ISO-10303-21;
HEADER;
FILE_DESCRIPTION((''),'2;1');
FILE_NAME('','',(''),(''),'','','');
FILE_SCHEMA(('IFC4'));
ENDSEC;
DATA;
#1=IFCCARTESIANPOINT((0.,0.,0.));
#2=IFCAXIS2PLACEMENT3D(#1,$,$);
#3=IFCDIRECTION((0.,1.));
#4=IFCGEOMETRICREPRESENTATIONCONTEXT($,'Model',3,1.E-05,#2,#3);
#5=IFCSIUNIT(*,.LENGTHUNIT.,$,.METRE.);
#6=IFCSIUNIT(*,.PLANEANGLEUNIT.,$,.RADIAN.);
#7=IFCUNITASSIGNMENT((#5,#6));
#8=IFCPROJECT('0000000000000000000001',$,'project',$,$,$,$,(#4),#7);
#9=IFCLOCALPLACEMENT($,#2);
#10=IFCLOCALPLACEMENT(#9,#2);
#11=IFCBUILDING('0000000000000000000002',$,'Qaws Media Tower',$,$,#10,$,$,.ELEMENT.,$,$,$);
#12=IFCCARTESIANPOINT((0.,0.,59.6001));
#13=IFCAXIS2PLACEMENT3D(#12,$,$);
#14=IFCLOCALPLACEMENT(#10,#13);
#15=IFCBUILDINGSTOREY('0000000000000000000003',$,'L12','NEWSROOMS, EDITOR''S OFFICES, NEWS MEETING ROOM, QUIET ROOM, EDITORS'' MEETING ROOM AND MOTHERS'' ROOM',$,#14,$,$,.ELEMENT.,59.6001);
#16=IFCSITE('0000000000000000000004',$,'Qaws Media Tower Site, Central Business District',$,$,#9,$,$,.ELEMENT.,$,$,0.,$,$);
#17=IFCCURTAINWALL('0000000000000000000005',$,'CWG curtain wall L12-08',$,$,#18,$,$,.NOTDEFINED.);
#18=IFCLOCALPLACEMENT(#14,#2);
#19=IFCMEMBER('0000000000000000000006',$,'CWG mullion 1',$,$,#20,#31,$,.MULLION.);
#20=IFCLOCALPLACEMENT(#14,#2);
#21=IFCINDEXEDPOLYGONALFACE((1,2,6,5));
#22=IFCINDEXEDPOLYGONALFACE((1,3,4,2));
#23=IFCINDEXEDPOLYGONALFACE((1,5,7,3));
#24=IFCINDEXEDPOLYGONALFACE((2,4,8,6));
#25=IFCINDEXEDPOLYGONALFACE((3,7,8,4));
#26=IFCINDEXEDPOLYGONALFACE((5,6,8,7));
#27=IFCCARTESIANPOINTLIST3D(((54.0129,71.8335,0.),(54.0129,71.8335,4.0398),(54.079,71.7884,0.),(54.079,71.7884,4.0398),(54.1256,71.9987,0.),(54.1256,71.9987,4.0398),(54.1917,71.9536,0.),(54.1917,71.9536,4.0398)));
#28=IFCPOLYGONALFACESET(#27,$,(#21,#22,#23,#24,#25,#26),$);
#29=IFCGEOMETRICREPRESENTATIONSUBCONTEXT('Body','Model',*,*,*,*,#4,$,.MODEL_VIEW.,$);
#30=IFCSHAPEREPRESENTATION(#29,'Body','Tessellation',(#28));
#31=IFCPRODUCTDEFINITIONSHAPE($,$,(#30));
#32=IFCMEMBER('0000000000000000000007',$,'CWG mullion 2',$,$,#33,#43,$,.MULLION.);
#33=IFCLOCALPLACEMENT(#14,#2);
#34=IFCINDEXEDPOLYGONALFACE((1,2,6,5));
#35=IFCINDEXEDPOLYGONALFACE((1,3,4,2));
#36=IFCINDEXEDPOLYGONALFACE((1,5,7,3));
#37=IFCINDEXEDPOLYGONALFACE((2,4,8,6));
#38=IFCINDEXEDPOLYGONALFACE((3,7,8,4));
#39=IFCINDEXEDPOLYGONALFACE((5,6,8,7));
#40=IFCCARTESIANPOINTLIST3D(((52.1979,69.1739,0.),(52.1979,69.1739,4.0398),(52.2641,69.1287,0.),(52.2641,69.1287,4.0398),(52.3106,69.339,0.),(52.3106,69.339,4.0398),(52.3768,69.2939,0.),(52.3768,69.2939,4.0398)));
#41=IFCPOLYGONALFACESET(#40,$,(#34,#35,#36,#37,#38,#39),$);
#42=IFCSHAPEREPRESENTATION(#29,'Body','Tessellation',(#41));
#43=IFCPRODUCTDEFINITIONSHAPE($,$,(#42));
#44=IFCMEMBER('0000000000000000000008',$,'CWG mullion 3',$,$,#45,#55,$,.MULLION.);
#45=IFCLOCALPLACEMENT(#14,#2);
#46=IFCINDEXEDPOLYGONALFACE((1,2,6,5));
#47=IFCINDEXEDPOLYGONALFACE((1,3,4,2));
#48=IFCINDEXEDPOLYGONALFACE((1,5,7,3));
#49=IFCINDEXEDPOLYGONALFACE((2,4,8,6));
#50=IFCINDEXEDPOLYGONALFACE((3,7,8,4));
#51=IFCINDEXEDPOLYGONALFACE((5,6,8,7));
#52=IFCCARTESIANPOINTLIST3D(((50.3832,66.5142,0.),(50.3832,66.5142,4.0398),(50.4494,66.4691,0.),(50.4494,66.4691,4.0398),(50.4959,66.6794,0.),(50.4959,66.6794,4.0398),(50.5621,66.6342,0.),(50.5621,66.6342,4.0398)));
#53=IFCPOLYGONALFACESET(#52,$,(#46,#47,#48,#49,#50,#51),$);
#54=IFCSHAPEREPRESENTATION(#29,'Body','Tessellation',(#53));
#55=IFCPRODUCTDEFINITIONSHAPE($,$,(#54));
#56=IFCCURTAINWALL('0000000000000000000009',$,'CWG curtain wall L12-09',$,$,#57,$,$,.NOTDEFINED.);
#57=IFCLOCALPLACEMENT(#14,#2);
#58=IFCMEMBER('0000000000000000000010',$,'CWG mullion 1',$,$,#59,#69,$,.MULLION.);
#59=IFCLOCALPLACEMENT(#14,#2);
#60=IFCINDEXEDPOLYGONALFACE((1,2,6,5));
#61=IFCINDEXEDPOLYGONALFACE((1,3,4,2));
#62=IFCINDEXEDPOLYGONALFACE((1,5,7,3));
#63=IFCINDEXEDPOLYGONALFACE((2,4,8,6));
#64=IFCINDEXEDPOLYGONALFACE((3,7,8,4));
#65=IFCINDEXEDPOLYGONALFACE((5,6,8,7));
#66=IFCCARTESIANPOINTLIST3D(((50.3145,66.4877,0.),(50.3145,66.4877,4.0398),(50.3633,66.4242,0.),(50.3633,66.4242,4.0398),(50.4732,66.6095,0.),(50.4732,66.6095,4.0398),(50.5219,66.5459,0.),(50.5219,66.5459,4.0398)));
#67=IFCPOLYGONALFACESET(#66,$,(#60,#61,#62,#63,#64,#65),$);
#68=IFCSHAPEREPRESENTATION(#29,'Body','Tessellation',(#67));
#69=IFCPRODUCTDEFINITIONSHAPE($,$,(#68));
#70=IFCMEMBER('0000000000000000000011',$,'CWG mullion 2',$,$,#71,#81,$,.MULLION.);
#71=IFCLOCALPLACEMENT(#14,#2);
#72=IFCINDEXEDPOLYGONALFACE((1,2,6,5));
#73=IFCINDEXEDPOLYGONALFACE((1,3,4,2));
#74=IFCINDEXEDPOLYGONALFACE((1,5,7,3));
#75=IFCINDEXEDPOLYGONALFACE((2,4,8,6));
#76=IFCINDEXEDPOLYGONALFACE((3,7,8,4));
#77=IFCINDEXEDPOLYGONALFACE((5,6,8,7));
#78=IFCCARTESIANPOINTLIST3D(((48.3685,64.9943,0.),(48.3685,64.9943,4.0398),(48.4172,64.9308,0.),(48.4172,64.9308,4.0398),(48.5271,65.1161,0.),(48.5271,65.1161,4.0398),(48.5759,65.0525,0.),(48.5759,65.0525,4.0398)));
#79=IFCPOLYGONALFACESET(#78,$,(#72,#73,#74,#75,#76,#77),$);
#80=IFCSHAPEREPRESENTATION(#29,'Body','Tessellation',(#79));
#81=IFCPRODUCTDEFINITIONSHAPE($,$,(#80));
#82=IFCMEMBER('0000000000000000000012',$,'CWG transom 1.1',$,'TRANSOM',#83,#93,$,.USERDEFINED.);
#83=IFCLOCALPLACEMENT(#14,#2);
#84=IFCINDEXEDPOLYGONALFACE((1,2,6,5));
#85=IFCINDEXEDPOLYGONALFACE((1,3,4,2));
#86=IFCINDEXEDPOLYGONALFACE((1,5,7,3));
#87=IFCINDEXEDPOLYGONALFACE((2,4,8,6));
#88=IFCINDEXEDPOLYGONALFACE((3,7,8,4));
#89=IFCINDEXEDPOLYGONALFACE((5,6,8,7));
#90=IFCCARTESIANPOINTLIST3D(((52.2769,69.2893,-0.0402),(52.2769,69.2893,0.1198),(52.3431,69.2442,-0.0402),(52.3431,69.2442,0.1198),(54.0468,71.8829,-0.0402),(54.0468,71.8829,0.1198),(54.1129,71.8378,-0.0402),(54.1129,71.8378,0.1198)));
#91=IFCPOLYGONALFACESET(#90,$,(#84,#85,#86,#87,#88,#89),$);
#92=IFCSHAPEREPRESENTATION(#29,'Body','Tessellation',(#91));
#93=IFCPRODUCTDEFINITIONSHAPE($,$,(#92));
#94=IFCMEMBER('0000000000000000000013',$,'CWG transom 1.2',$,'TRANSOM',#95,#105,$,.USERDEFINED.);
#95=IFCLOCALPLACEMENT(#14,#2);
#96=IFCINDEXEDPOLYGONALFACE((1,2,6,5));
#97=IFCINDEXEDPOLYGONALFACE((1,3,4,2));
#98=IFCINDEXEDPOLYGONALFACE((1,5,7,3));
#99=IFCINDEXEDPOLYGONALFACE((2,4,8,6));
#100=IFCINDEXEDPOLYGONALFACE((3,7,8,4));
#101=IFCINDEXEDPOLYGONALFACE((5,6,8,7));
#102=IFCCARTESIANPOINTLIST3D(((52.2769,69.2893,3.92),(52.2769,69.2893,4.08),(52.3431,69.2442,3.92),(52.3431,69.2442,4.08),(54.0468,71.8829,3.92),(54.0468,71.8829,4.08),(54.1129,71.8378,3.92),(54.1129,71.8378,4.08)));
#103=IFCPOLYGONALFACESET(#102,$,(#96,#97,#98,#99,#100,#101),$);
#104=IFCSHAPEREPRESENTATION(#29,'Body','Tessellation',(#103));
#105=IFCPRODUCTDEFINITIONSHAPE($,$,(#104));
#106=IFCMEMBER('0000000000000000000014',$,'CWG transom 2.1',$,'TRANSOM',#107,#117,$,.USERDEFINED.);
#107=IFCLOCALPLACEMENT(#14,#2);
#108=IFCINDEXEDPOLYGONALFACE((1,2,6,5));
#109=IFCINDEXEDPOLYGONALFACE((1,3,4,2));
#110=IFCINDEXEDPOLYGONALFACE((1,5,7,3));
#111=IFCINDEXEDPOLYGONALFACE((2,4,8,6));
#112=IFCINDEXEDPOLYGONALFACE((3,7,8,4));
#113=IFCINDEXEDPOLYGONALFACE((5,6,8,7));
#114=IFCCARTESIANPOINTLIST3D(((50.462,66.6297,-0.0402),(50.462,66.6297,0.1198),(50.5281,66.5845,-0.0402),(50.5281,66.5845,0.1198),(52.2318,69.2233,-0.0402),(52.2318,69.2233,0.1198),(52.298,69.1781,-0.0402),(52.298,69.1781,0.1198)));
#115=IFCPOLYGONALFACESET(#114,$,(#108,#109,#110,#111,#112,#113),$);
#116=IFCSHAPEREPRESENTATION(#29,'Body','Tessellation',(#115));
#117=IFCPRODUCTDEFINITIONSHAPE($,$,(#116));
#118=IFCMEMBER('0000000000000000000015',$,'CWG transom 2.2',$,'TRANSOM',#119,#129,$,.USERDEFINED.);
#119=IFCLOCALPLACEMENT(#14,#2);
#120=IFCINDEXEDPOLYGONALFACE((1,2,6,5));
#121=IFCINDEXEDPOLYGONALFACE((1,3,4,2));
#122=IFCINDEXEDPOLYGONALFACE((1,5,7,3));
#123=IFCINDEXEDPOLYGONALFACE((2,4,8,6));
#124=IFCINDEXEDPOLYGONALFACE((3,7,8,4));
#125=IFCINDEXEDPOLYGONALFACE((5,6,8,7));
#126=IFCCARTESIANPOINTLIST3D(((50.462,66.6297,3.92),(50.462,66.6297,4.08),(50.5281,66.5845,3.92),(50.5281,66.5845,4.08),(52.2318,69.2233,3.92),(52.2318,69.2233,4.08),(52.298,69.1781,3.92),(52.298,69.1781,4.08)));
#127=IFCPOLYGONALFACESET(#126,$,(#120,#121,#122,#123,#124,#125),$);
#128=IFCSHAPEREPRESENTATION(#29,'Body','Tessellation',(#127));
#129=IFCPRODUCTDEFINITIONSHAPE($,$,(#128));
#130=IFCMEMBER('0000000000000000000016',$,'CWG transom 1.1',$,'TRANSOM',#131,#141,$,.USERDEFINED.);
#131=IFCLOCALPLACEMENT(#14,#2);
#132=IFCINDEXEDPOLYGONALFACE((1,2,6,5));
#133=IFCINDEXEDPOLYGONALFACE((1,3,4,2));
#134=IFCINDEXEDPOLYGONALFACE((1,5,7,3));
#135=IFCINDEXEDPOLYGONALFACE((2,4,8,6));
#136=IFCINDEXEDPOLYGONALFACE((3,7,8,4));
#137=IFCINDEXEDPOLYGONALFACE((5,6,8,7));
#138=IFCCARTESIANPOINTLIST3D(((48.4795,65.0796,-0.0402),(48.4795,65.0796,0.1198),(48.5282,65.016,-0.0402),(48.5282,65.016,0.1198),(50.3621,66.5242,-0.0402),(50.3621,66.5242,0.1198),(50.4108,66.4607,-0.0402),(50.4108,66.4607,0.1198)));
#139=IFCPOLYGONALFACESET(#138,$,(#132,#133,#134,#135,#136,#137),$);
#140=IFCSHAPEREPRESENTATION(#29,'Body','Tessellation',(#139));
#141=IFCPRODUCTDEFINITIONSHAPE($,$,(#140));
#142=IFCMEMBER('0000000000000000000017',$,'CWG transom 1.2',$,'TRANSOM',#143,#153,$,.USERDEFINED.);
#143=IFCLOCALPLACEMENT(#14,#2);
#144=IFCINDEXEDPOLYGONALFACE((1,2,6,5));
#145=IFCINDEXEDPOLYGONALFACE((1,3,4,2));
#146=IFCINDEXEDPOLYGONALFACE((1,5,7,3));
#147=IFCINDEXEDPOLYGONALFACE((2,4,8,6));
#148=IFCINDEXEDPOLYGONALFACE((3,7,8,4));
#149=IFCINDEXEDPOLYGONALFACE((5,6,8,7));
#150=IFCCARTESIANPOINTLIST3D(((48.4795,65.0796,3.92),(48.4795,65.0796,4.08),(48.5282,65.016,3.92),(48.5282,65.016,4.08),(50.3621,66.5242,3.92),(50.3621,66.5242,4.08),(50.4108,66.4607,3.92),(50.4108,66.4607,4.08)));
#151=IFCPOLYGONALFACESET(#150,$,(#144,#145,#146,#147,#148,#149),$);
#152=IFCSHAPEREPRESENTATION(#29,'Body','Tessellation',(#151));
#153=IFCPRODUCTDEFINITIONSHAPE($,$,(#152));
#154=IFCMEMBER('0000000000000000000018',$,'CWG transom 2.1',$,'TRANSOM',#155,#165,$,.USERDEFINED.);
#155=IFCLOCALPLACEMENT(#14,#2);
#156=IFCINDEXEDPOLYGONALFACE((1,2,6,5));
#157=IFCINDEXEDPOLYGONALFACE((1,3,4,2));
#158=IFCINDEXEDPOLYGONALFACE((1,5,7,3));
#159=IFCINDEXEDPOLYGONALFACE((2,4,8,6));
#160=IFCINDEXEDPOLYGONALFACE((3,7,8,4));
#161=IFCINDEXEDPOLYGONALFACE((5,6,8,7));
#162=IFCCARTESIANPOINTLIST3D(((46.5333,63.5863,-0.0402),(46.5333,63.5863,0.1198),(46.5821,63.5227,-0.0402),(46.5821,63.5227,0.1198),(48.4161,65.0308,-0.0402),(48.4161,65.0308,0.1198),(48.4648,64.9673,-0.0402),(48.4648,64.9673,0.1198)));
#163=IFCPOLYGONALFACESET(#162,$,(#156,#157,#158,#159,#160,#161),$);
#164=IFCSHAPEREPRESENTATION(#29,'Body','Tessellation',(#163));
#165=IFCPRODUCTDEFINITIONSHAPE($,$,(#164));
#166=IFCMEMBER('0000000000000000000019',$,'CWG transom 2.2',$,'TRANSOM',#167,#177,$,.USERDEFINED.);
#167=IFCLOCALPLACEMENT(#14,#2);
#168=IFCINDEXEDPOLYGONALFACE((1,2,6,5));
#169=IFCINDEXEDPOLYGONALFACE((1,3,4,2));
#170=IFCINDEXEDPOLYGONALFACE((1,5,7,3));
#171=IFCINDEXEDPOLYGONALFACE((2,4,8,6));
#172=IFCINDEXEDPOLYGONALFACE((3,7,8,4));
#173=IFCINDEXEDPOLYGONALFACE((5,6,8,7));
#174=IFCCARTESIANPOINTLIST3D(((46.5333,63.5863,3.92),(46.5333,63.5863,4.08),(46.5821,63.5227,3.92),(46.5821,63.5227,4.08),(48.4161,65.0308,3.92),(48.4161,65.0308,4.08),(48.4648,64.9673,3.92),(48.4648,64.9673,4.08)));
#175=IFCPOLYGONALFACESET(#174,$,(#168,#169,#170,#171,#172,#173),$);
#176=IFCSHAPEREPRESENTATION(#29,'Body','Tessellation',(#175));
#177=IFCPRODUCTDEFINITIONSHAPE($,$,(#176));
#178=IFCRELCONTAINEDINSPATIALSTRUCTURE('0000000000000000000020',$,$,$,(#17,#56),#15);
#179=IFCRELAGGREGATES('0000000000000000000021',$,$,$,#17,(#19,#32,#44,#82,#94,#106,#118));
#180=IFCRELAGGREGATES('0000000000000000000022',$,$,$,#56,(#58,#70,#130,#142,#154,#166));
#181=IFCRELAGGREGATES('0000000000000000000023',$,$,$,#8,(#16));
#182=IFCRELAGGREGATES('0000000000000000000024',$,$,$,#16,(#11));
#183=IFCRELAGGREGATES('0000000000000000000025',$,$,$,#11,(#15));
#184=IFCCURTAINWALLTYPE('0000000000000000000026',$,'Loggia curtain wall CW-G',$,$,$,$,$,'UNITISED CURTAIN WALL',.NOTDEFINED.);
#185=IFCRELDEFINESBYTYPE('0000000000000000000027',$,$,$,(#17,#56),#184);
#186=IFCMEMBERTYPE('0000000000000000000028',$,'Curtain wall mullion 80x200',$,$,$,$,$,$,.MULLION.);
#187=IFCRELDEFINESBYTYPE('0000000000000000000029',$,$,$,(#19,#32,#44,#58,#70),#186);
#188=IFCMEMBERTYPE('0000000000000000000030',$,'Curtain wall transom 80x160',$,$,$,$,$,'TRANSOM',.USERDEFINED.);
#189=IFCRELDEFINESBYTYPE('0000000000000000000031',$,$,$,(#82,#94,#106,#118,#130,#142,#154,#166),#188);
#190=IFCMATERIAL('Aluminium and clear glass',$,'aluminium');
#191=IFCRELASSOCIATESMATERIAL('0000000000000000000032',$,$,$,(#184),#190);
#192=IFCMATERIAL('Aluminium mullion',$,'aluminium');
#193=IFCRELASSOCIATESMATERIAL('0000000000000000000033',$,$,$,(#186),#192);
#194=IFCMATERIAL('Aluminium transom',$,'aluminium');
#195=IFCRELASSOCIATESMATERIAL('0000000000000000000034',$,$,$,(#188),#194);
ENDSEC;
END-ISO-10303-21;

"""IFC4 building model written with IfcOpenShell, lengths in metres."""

from ifc_helpers import new_model, si_unit, direction, frame, origin, origin_2d, place, context, subcontext, project, spatial, rectangle, extrude, material, material_profile, profile_set, type_object, element, aggregate, save


model = new_model("IFC4")

# Units and contexts
model_context = context("Model", 3, precision=1e-05, world=origin(), true_north=direction((0.0, 1.0)))
body_context = subcontext(model_context, "Body", "Model", "MODEL_VIEW")
ifc_project = project(units=[si_unit("LENGTHUNIT", "METRE"), si_unit("PLANEANGLEUNIT", "RADIAN")], contexts=[model_context])

# Site, building, storey
site_placement = place(None, origin())
site = spatial("IfcSite", under=ifc_project, at=site_placement, Name="Qaws Media Tower Site, Central Business District", CompositionType="ELEMENT", RefElevation=0.0)
building_placement = place(site_placement, origin())
building = spatial("IfcBuilding", under=site, at=building_placement, Name="Qaws Media Tower", CompositionType="ELEMENT")
storey_placement = place(building_placement, frame((0.0, 0.0, 59.6001)))
storey = spatial("IfcBuildingStorey", under=building, at=storey_placement, Name="L12", Description="NEWSROOMS, EDITOR'S OFFICES, NEWS MEETING ROOM, QUIET ROOM, EDITORS' MEETING ROOM AND MOTHERS' ROOM", CompositionType="ELEMENT", Elevation=59.6001)

# Curtain walls, members
ifc_material_1 = material(Name="Aluminium and clear glass", Category="aluminium")
curtain_wall_type = type_object("IfcCurtainWallType", Name="Loggia curtain wall CW-G", ElementType="UNITISED CURTAIN WALL", PredefinedType="NOTDEFINED", material=ifc_material_1)
curtain_wall_1_placement = place(storey_placement, origin())
curtain_wall_1 = element("IfcCurtainWall", 1, at=curtain_wall_1_placement, inside=storey, type_object=curtain_wall_type, Name="CWG curtain wall L12-08", PredefinedType="NOTDEFINED")
ifc_material_2 = material(Name="Aluminium mullion", Category="aluminium")
ifc_material_profile_1 = material_profile(ifc_material_2, rectangle(XDim=0.0801, YDim=0.2, at=origin_2d()), Name="80x200")
ifc_profile_set_1 = profile_set([ifc_material_profile_1], Name="Aluminium mullion")
member_type_1 = type_object("IfcMemberType", Name="Curtain wall mullion 80x200", PredefinedType="MULLION", material=ifc_profile_set_1)
member_1_placement = place(storey_placement, frame((54.1023, 71.8936, 0.0), z_axis=(0.0, 0.0, 1.0), x_axis=(0.826019, -0.563643, 0.0)))
member_1 = element("IfcMember", 2, at=member_1_placement, type_object=member_type_1, Name="CWG mullion 1", PredefinedType="MULLION", context=body_context, shape_type="SweptSolid", body=[
    extrude(rectangle(XDim=0.0801, YDim=0.2, at=origin_2d()), origin(), (0.0, 0.0, 1.0), 4.0398),
])
member_2_placement = place(storey_placement, frame((52.2874, 69.2339, 0.0), z_axis=(0.0, 0.0, 1.0), x_axis=(0.826019, -0.563643, 0.0)))
member_2 = element("IfcMember", 3, at=member_2_placement, type_object=member_type_1, Name="CWG mullion 2", PredefinedType="MULLION", context=body_context, shape_type="SweptSolid", body=[
    extrude(rectangle(XDim=0.0801, YDim=0.2, at=origin_2d()), origin(), (0.0, 0.0, 1.0), 4.0398),
])
member_3_placement = place(storey_placement, frame((50.4727, 66.5742, 0.0), z_axis=(0.0, 0.0, 1.0), x_axis=(0.826019, -0.563643, 0.0)))
member_3 = element("IfcMember", 4, at=member_3_placement, type_object=member_type_1, Name="CWG mullion 3", PredefinedType="MULLION", context=body_context, shape_type="SweptSolid", body=[
    extrude(rectangle(XDim=0.0801, YDim=0.2, at=origin_2d()), origin(), (0.0, 0.0, 1.0), 4.0398),
])
curtain_wall_2_placement = place(storey_placement, origin())
curtain_wall_2 = element("IfcCurtainWall", 5, at=curtain_wall_2_placement, inside=storey, type_object=curtain_wall_type, Name="CWG curtain wall L12-09", PredefinedType="NOTDEFINED")
member_4_placement = place(storey_placement, frame((50.4182, 66.5168, 0.0), z_axis=(0.0, 0.0, 1.0), x_axis=(0.608761, -0.793353, 0.0)))
member_4 = element("IfcMember", 6, at=member_4_placement, type_object=member_type_1, Name="CWG mullion 1", PredefinedType="MULLION", context=body_context, shape_type="SweptSolid", body=[
    extrude(rectangle(XDim=0.0801, YDim=0.2, at=origin_2d()), origin(), (0.0, 0.0, 1.0), 4.0398),
])
member_5_placement = place(storey_placement, frame((48.4722, 65.0234, 0.0), z_axis=(0.0, 0.0, 1.0), x_axis=(0.608761, -0.793353, 0.0)))
member_5 = element("IfcMember", 7, at=member_5_placement, type_object=member_type_1, Name="CWG mullion 2", PredefinedType="MULLION", context=body_context, shape_type="SweptSolid", body=[
    extrude(rectangle(XDim=0.0801, YDim=0.2, at=origin_2d()), origin(), (0.0, 0.0, 1.0), 4.0398),
])

# Members
ifc_material_3 = material(Name="Aluminium transom", Category="aluminium")
ifc_material_profile_2 = material_profile(ifc_material_3, rectangle(XDim=0.0801, YDim=0.1599, at=origin_2d()), Name="80x160")
ifc_profile_set_2 = profile_set([ifc_material_profile_2], Name="Aluminium transom")
member_type_2 = type_object("IfcMemberType", Name="Curtain wall transom 80x160", ElementType="TRANSOM", PredefinedType="USERDEFINED", material=ifc_profile_set_2)
member_6_placement = place(storey_placement, frame((54.0798, 71.8604, 0.0398), z_axis=(-0.563658, -0.826008, 0.0), x_axis=(0.826008, -0.563658, 0.0)))
member_6 = element("IfcMember", 8, at=member_6_placement, type_object=member_type_2, Name="CWG transom 1.1", ObjectType="TRANSOM", PredefinedType="USERDEFINED", context=body_context, shape_type="SweptSolid", body=[
    extrude(rectangle(XDim=0.0801, YDim=0.1599, at=origin_2d()), origin(), (0.0, 0.0, 1.0), 3.1399),
])
member_7_placement = place(storey_placement, frame((54.0798, 71.8604, 4.0), z_axis=(-0.563658, -0.826008, 0.0), x_axis=(0.826008, -0.563658, 0.0)))
member_7 = element("IfcMember", 9, at=member_7_placement, type_object=member_type_2, Name="CWG transom 1.2", ObjectType="TRANSOM", PredefinedType="USERDEFINED", context=body_context, shape_type="SweptSolid", body=[
    extrude(rectangle(XDim=0.0801, YDim=0.1599, at=origin_2d()), origin(), (0.0, 0.0, 1.0), 3.1399),
])
member_8_placement = place(storey_placement, frame((52.2649, 69.2007, 0.0398), z_axis=(-0.563658, -0.826008, 0.0), x_axis=(0.826008, -0.563658, 0.0)))
member_8 = element("IfcMember", 10, at=member_8_placement, type_object=member_type_2, Name="CWG transom 2.1", ObjectType="TRANSOM", PredefinedType="USERDEFINED", context=body_context, shape_type="SweptSolid", body=[
    extrude(rectangle(XDim=0.0801, YDim=0.1599, at=origin_2d()), origin(), (0.0, 0.0, 1.0), 3.1399),
])
member_9_placement = place(storey_placement, frame((52.2649, 69.2007, 4.0), z_axis=(-0.563658, -0.826008, 0.0), x_axis=(0.826008, -0.563658, 0.0)))
member_9 = element("IfcMember", 11, at=member_9_placement, type_object=member_type_2, Name="CWG transom 2.2", ObjectType="TRANSOM", PredefinedType="USERDEFINED", context=body_context, shape_type="SweptSolid", body=[
    extrude(rectangle(XDim=0.0801, YDim=0.1599, at=origin_2d()), origin(), (0.0, 0.0, 1.0), 3.1399),
])
member_10_placement = place(storey_placement, frame((50.3865, 66.4924, 0.0398), z_axis=(-0.793346, -0.608771, 0.0), x_axis=(0.608771, -0.793346, 0.0)))
member_10 = element("IfcMember", 12, at=member_10_placement, type_object=member_type_2, Name="CWG transom 1.1", ObjectType="TRANSOM", PredefinedType="USERDEFINED", context=body_context, shape_type="SweptSolid", body=[
    extrude(rectangle(XDim=0.0801, YDim=0.1599, at=origin_2d()), origin(), (0.0, 0.0, 1.0), 2.373),
])
member_11_placement = place(storey_placement, frame((50.3865, 66.4924, 4.0), z_axis=(-0.793346, -0.608771, 0.0), x_axis=(0.608771, -0.793346, 0.0)))
member_11 = element("IfcMember", 13, at=member_11_placement, type_object=member_type_2, Name="CWG transom 1.2", ObjectType="TRANSOM", PredefinedType="USERDEFINED", context=body_context, shape_type="SweptSolid", body=[
    extrude(rectangle(XDim=0.0801, YDim=0.1599, at=origin_2d()), origin(), (0.0, 0.0, 1.0), 2.373),
])
member_12_placement = place(storey_placement, frame((48.4404, 64.999, 0.0398), z_axis=(-0.793384, -0.608721, 0.0), x_axis=(0.608721, -0.793384, 0.0)))
member_12 = element("IfcMember", 14, at=member_12_placement, type_object=member_type_2, Name="CWG transom 2.1", ObjectType="TRANSOM", PredefinedType="USERDEFINED", context=body_context, shape_type="SweptSolid", body=[
    extrude(rectangle(XDim=0.0801, YDim=0.1599, at=origin_2d()), origin(), (0.0, 0.0, 1.0), 2.373),
])
member_13_placement = place(storey_placement, frame((48.4404, 64.999, 4.0), z_axis=(-0.793384, -0.608721, 0.0), x_axis=(0.608721, -0.793384, 0.0)))
member_13 = element("IfcMember", 15, at=member_13_placement, type_object=member_type_2, Name="CWG transom 2.2", ObjectType="TRANSOM", PredefinedType="USERDEFINED", context=body_context, shape_type="SweptSolid", body=[
    extrude(rectangle(XDim=0.0801, YDim=0.1599, at=origin_2d()), origin(), (0.0, 0.0, 1.0), 2.373),
])

aggregate(curtain_wall_1, [member_1, member_2, member_3, member_6, member_7, member_8, member_9])
aggregate(curtain_wall_2, [member_4, member_5, member_10, member_11, member_12, member_13])

save(model, "model.ifc")
